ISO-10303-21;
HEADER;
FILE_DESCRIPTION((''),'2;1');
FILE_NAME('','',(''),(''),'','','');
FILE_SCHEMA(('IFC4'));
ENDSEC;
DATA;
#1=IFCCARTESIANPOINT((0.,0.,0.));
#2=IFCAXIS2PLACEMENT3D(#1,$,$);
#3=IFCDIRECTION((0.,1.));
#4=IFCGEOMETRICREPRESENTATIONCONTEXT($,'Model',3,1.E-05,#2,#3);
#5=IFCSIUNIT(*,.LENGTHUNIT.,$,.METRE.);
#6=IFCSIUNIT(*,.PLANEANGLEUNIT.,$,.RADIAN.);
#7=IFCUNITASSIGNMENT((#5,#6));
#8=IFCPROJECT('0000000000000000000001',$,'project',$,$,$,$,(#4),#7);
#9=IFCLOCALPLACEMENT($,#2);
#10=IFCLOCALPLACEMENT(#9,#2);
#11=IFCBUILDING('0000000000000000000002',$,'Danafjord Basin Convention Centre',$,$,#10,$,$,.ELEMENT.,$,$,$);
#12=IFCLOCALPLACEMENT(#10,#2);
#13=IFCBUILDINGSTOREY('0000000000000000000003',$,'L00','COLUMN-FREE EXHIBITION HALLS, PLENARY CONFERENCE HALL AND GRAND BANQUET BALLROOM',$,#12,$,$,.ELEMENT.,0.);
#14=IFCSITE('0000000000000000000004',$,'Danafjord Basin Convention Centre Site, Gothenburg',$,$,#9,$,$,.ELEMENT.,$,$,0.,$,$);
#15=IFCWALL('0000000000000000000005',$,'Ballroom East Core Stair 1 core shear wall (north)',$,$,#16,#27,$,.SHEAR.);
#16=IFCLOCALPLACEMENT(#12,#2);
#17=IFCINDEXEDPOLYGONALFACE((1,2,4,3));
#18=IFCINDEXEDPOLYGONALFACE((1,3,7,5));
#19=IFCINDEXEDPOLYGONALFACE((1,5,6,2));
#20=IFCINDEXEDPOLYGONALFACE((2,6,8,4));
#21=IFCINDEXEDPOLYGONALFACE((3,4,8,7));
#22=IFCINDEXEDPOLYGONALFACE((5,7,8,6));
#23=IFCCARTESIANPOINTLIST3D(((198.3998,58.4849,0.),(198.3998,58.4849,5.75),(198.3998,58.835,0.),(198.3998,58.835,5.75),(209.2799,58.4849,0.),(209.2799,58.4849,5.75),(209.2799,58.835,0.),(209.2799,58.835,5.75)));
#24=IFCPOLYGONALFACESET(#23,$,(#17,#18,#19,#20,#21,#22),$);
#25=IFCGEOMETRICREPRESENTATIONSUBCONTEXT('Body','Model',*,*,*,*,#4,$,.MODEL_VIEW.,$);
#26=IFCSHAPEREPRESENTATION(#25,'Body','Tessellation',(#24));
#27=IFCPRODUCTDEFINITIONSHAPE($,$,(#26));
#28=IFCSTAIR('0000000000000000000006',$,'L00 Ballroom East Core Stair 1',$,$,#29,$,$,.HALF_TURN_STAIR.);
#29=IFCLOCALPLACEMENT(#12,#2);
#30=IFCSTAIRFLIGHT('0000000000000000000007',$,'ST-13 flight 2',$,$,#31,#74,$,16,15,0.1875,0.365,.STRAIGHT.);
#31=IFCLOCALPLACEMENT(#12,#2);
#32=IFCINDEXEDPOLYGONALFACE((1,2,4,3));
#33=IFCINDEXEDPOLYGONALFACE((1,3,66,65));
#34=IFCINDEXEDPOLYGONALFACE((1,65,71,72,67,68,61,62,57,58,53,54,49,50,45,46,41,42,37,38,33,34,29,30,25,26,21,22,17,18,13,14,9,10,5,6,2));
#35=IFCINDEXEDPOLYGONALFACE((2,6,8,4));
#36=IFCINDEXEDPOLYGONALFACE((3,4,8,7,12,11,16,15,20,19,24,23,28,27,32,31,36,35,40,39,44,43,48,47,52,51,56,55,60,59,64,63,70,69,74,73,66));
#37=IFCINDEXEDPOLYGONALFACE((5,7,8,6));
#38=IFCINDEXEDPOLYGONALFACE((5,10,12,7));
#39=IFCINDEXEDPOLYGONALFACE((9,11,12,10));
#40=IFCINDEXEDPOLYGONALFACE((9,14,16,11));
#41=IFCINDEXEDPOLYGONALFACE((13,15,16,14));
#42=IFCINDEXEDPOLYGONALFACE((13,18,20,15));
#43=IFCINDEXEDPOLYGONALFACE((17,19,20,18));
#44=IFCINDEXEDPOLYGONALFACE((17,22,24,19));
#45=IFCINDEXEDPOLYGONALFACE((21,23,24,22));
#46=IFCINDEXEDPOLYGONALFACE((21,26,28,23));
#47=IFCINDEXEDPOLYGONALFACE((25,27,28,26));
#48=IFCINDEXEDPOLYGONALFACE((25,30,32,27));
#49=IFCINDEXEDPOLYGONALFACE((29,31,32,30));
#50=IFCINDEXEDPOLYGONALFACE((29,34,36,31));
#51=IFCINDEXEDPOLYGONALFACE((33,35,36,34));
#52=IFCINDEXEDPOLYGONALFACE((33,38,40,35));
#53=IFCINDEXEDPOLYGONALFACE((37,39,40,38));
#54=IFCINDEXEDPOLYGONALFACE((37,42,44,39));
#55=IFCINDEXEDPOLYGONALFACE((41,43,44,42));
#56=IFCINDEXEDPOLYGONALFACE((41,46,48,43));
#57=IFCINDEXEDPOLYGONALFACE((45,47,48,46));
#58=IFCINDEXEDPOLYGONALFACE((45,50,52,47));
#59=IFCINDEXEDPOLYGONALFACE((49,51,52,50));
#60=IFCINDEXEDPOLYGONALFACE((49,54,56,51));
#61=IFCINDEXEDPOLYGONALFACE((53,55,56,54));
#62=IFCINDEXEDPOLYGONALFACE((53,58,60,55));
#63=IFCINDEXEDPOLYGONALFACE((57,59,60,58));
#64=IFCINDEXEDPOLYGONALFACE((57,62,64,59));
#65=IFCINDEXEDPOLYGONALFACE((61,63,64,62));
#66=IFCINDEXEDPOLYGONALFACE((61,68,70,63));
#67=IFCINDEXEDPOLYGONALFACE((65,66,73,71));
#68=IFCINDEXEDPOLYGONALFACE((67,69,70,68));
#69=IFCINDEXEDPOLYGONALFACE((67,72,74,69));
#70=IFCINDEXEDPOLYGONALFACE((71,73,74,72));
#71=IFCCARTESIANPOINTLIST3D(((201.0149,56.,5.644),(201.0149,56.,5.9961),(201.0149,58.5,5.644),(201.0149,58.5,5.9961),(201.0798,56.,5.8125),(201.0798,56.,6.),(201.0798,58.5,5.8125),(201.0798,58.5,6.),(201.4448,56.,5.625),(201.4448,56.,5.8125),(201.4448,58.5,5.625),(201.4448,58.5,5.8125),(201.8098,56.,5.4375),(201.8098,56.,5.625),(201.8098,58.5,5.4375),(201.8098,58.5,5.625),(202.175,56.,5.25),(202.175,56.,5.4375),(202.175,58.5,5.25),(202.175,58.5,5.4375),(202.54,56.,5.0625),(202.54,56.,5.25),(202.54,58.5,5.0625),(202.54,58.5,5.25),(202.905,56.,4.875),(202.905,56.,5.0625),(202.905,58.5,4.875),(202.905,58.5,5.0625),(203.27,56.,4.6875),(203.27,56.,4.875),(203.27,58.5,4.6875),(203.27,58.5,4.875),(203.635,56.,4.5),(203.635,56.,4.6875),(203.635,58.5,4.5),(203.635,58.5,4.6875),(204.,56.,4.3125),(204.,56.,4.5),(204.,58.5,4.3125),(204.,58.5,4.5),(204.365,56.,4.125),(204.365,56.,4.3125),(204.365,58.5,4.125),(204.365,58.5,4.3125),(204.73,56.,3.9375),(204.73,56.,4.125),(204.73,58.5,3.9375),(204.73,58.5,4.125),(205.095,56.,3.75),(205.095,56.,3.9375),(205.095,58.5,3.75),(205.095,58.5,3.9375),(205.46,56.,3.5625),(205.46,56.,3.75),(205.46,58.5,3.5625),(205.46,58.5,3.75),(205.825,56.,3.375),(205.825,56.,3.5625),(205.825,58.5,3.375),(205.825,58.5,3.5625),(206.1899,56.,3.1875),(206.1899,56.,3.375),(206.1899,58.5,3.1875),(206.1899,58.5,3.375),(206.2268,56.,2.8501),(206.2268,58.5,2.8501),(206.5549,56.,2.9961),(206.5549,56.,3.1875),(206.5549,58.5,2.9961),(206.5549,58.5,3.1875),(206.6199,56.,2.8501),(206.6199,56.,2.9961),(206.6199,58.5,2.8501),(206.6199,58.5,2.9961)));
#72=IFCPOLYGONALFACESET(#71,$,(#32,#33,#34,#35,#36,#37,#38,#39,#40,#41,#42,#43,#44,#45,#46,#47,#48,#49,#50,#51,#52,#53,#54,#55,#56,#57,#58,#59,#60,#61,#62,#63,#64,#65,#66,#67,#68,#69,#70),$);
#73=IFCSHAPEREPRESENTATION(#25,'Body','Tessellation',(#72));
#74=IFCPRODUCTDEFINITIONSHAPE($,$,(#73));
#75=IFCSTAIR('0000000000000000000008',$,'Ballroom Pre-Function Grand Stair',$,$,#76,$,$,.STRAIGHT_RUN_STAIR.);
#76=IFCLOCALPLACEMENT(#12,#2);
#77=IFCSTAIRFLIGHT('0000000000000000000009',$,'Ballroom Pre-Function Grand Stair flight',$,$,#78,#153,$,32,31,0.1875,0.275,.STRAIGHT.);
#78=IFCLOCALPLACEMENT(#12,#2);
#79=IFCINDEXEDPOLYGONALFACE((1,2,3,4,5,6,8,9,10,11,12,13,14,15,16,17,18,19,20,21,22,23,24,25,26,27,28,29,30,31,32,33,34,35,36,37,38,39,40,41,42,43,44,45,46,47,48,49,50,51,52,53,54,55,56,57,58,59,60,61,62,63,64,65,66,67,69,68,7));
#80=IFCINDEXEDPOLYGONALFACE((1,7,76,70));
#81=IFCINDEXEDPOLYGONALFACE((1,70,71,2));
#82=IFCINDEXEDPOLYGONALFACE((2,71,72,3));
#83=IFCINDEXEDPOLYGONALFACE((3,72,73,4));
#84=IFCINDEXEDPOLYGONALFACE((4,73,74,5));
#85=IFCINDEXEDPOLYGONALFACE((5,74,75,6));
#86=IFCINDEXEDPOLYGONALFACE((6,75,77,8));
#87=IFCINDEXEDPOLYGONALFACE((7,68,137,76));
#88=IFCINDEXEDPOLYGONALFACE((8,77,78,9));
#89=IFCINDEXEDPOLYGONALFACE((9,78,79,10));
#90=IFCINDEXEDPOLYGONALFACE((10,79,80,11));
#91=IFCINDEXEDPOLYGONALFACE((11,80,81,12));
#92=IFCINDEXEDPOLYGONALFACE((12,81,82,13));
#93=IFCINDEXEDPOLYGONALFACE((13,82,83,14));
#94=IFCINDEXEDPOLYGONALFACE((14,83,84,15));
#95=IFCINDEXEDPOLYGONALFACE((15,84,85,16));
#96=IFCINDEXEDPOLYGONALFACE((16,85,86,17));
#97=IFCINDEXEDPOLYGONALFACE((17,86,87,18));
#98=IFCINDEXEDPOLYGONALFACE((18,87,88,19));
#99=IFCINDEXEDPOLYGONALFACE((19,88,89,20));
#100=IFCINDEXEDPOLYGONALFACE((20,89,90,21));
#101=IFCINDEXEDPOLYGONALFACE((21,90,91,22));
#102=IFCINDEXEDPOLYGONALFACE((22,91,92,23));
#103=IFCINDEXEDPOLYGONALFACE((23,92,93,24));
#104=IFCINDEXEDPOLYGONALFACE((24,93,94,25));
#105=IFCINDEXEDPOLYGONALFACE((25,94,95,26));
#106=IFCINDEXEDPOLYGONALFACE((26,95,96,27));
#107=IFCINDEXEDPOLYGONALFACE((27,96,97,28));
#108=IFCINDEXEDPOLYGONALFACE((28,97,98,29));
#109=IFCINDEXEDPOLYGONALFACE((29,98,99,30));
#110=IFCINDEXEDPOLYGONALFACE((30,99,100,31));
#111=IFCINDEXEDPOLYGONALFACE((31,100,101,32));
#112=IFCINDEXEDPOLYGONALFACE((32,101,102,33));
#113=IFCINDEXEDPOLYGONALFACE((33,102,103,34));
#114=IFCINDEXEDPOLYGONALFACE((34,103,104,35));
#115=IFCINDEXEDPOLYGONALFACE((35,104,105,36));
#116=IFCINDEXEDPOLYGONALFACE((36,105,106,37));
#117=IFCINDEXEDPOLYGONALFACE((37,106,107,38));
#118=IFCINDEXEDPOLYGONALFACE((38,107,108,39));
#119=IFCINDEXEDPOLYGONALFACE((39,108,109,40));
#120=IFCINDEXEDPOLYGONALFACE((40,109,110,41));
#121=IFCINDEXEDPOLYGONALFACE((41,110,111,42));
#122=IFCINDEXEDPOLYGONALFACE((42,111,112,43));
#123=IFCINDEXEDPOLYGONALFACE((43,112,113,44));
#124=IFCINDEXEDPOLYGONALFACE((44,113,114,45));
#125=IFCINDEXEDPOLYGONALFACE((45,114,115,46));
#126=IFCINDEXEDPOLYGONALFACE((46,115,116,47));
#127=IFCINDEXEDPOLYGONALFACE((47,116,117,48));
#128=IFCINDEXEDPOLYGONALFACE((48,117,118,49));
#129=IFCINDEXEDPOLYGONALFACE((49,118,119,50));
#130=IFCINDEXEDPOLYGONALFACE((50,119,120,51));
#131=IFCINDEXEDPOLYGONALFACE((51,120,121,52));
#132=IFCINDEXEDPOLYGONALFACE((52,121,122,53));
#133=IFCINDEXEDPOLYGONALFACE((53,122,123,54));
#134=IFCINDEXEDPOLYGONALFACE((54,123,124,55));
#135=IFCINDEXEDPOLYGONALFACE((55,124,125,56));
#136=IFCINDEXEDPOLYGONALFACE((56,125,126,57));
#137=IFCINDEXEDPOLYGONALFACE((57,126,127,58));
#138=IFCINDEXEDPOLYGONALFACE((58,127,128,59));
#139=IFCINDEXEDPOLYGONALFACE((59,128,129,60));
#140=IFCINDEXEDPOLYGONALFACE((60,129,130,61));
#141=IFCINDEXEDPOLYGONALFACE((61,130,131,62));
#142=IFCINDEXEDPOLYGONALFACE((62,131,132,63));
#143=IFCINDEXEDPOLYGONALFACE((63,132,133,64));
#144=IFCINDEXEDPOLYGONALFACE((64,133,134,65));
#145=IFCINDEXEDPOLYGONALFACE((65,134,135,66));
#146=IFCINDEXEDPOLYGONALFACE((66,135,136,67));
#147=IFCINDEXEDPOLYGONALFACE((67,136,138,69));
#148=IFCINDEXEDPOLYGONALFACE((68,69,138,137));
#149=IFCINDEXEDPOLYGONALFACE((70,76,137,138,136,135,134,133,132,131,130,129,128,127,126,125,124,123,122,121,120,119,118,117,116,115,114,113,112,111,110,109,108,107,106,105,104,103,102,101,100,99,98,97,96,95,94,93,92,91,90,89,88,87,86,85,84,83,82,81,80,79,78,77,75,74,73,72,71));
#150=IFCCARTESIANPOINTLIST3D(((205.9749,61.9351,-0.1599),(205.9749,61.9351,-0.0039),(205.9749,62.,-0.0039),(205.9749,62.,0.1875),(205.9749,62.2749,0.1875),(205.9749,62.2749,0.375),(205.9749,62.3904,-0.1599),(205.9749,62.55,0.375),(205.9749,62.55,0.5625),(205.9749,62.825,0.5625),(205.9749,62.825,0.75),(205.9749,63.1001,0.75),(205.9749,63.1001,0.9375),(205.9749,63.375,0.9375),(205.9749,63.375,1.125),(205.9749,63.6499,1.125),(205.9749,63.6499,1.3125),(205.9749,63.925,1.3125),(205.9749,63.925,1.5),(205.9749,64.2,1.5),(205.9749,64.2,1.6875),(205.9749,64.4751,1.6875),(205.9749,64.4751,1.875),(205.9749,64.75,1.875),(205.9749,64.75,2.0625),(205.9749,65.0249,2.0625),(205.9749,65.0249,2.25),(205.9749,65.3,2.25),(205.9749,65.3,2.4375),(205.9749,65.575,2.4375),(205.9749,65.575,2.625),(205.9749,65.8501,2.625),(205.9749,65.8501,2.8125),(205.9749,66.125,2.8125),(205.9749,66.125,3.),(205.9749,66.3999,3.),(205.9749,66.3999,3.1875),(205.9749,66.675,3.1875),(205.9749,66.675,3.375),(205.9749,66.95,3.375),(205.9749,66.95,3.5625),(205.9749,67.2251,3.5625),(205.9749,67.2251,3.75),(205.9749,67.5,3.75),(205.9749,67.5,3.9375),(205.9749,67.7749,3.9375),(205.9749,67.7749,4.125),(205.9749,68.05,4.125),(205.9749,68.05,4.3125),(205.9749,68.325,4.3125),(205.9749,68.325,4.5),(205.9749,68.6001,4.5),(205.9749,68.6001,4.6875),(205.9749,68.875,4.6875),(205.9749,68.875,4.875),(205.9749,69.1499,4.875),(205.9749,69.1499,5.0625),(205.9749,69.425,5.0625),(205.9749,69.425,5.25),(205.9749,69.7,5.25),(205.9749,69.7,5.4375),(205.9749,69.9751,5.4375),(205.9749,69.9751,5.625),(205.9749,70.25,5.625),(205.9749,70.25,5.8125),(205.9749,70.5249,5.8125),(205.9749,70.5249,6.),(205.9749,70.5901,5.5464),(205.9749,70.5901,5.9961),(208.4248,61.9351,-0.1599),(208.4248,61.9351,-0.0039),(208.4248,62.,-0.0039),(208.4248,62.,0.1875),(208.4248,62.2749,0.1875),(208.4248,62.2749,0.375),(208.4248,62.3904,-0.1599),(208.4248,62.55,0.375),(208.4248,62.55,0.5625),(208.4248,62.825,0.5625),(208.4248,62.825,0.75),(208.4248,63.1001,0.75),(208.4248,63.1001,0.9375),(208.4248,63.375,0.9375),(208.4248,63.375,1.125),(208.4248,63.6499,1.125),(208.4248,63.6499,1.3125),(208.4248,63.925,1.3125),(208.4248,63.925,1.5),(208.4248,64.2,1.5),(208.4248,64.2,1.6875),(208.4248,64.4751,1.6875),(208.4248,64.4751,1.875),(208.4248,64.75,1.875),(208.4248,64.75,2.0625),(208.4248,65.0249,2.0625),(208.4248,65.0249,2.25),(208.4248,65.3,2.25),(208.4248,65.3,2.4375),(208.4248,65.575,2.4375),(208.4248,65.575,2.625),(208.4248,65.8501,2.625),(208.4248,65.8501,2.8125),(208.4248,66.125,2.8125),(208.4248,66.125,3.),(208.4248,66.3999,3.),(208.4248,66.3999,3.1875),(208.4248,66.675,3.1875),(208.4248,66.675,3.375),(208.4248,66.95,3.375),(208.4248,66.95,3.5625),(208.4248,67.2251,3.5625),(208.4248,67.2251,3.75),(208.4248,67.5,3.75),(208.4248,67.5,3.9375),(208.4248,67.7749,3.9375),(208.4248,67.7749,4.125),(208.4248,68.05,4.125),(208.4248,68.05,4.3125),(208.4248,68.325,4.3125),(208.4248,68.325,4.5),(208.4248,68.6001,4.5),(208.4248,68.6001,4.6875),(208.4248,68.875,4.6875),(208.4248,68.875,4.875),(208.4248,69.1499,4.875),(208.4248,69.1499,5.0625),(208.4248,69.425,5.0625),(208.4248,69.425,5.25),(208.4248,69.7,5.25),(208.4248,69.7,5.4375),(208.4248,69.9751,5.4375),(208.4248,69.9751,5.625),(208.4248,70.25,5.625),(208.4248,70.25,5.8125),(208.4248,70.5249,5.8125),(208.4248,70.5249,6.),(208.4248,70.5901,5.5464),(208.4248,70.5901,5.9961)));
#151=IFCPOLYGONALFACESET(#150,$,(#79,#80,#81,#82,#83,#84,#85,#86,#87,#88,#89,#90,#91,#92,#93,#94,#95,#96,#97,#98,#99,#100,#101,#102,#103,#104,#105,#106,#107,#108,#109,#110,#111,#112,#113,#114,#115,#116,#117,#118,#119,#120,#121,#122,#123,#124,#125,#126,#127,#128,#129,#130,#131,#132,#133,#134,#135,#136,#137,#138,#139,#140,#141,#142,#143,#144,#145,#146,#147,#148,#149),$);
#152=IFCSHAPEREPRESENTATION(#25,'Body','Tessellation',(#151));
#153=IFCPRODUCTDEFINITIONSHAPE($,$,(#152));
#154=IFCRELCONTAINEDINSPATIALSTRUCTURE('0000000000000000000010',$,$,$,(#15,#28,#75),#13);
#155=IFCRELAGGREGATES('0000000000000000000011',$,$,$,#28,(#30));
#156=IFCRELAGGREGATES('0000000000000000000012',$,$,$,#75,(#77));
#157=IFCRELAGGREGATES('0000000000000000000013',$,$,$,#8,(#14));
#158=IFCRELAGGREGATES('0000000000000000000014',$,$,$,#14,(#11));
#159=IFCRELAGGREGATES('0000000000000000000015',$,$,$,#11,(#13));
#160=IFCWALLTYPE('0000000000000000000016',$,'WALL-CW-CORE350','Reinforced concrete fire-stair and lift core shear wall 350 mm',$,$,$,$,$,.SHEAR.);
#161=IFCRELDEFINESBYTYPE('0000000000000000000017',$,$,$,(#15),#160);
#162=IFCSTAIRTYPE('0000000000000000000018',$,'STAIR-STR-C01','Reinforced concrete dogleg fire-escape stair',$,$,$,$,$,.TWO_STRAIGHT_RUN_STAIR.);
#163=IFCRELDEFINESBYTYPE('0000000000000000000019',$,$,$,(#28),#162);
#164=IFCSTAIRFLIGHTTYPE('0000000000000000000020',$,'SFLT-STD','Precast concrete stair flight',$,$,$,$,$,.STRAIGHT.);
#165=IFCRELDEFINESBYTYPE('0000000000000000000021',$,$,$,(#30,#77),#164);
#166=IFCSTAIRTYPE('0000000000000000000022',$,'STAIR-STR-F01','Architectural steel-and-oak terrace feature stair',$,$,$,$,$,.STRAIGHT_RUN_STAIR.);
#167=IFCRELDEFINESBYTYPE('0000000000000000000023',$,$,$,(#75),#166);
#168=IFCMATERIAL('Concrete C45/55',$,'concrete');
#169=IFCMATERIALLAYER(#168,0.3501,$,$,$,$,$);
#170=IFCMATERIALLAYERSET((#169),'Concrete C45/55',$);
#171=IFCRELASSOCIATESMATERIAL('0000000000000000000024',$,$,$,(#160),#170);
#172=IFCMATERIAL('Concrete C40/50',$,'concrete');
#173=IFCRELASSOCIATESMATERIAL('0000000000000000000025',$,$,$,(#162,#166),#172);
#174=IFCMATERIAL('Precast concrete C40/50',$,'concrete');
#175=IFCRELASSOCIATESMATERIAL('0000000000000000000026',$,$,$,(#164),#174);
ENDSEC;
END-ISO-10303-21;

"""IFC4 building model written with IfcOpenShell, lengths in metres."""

from ifc_helpers import new_model, si_unit, direction, frame, frame_2d, origin, place, context, subcontext, project, spatial, polyline, rectangle, outline, extrude, material, layer, layer_set, type_object, element, aggregate, save


model = new_model("IFC4")

# Units and contexts
model_context = context("Model", 3, precision=1e-05, world=origin(), true_north=direction((0.0, 1.0)))
body_context = subcontext(model_context, "Body", "Model", "MODEL_VIEW")
ifc_project = project(units=[si_unit("LENGTHUNIT", "METRE"), si_unit("PLANEANGLEUNIT", "RADIAN")], contexts=[model_context])

# Site, building, storey
site_placement = place(None, origin())
site = spatial("IfcSite", under=ifc_project, at=site_placement, Name="Danafjord Basin Convention Centre Site, Gothenburg", CompositionType="ELEMENT", RefElevation=0.0)
building_placement = place(site_placement, origin())
building = spatial("IfcBuilding", under=site, at=building_placement, Name="Danafjord Basin Convention Centre", CompositionType="ELEMENT")
storey_placement = place(building_placement, origin())
storey = spatial("IfcBuildingStorey", under=building, at=storey_placement, Name="L00", Description="COLUMN-FREE EXHIBITION HALLS, PLENARY CONFERENCE HALL AND GRAND BANQUET BALLROOM", CompositionType="ELEMENT", Elevation=0.0)

# Shared definitions
ifc_material_1 = material(Name="Concrete C40/50", Category="concrete")

# Wall
ifc_material_2 = material(Name="Concrete C45/55", Category="concrete")
ifc_layer_1 = layer(ifc_material_2, 0.3501)
ifc_layer_set_1 = layer_set([ifc_layer_1], Name="Concrete C45/55")
wall_type_1 = type_object("IfcWallType", Name="WALL-CW-CORE350", Description="Reinforced concrete fire-stair and lift core shear wall 350 mm", PredefinedType="SHEAR", material=ifc_layer_set_1)
wall_1_placement = place(storey_placement, frame((198.3999, 58.6599, 0.0), z_axis=(0.0, 0.0, 1.0), x_axis=(1.0, 0.0, 0.0)))
element("IfcWall", 1, at=wall_1_placement, inside=storey, type_object=wall_type_1, Name="Ballroom East Core Stair 1 core shear wall (north)", PredefinedType="SHEAR", context=body_context, shape_type="SweptSolid", body=[
    extrude(rectangle(XDim=10.8801, YDim=0.3501, at=frame_2d((5.4399, 0.0))), origin(), (0.0, 0.0, 1.0), 5.75),
])

# Stairs, stair flights
stair_type_1 = type_object("IfcStairType", Name="STAIR-STR-C01", Description="Reinforced concrete dogleg fire-escape stair", PredefinedType="TWO_STRAIGHT_RUN_STAIR", material=ifc_material_1)
stair_1_placement = place(storey_placement, origin())
stair_1 = element("IfcStair", 2, at=stair_1_placement, inside=storey, type_object=stair_type_1, Name="L00 Ballroom East Core Stair 1", PredefinedType="HALF_TURN_STAIR")
ifc_material_3 = material(Name="Precast concrete C40/50", Category="concrete")
stair_flight_type = type_object("IfcStairFlightType", Name="SFLT-STD", Description="Precast concrete stair flight", PredefinedType="STRAIGHT", material=ifc_material_3)
stair_flight_1_placement = place(storey_placement, frame((206.5549, 57.25, 3.0), z_axis=(0.0, 0.0, 1.0), x_axis=(-1.0, 0.0, 0.0)))
stair_flight_1 = element("IfcStairFlight", 3, at=stair_flight_1_placement, type_object=stair_flight_type, Name="ST-13 flight 2", NumberOfRisers=16, NumberOfTreads=15, PredefinedType="STRAIGHT", RiserHeight=0.1875, TreadLength=0.365, context=body_context, shape_type="SweptSolid", body=[
    extrude(outline(polyline([(-0.0649, -0.1499), (-0.0649, -0.0039), (0.0, -0.0039), (0.0, 0.1875), (0.365, 0.1875), (0.365, 0.375), (0.73, 0.375), (0.73, 0.5625), (1.095, 0.5625), (1.095, 0.75), (1.46, 0.75), (1.46, 0.9375), (1.825, 0.9375), (1.825, 1.125), (2.1899, 1.125), (2.1899, 1.3125), (2.5549, 1.3125), (2.5549, 1.5), (2.9199, 1.5), (2.9199, 1.6875), (3.2849, 1.6875), (3.2849, 1.875), (3.6499, 1.875), (3.6499, 2.0625), (4.0149, 2.0625), (4.0149, 2.25), (4.3799, 2.25), (4.3799, 2.4375), (4.7451, 2.4375), (4.7451, 2.625), (5.1101, 2.625), (5.1101, 2.8125), (5.4751, 2.8125), (5.4751, 3.0), (5.54, 2.9961), (5.54, 2.644), (0.3281, -0.1499), (-0.0649, -0.1499)])), frame((0.0, 1.25, 0.0), z_axis=(0.0, -1.0, 0.0), x_axis=(1.0, 0.0, 0.0)), (0.0, 0.0, 1.0), 2.5),
])
aggregate(stair_1, [stair_flight_1])
stair_type_2 = type_object("IfcStairType", Name="STAIR-STR-F01", Description="Architectural steel-and-oak terrace feature stair", PredefinedType="STRAIGHT_RUN_STAIR", material=ifc_material_1)
stair_2_placement = place(storey_placement, origin())
stair_2 = element("IfcStair", 4, at=stair_2_placement, inside=storey, type_object=stair_type_2, Name="Ballroom Pre-Function Grand Stair", PredefinedType="STRAIGHT_RUN_STAIR")
stair_flight_2_placement = place(storey_placement, frame((207.2, 62.0, 0.0), z_axis=(0.0, 0.0, 1.0), x_axis=(0.0, 1.0, 0.0)))
stair_flight_2 = element("IfcStairFlight", 5, at=stair_flight_2_placement, type_object=stair_flight_type, Name="Ballroom Pre-Function Grand Stair flight", NumberOfRisers=32, NumberOfTreads=31, PredefinedType="STRAIGHT", RiserHeight=0.1875, TreadLength=0.275, context=body_context, shape_type="SweptSolid", body=[
    extrude(outline(polyline([(-0.0649, -0.1599), (-0.0649, -0.0039), (0.0, -0.0039), (0.0, 0.1875), (0.2749, 0.1875), (0.2749, 0.375), (0.55, 0.375), (0.55, 0.5625), (0.825, 0.5625), (0.825, 0.75), (1.1001, 0.75), (1.1001, 0.9375), (1.375, 0.9375), (1.375, 1.125), (1.6499, 1.125), (1.6499, 1.3125), (1.925, 1.3125), (1.925, 1.5), (2.2, 1.5), (2.2, 1.6875), (2.4751, 1.6875), (2.4751, 1.875), (2.75, 1.875), (2.75, 2.0625), (3.0249, 2.0625), (3.0249, 2.25), (3.3, 2.25), (3.3, 2.4375), (3.575, 2.4375), (3.575, 2.625), (3.8501, 2.625), (3.8501, 2.8125), (4.125, 2.8125), (4.125, 3.0), (4.3999, 3.0), (4.3999, 3.1875), (4.675, 3.1875), (4.675, 3.375), (4.95, 3.375), (4.95, 3.5625), (5.2251, 3.5625), (5.2251, 3.75), (5.5, 3.75), (5.5, 3.9375), (5.7749, 3.9375), (5.7749, 4.125), (6.05, 4.125), (6.05, 4.3125), (6.325, 4.3125), (6.325, 4.5), (6.6001, 4.5), (6.6001, 4.6875), (6.875, 4.6875), (6.875, 4.875), (7.1499, 4.875), (7.1499, 5.0625), (7.425, 5.0625), (7.425, 5.25), (7.7, 5.25), (7.7, 5.4375), (7.9751, 5.4375), (7.9751, 5.625), (8.25, 5.625), (8.25, 5.8125), (8.5249, 5.8125), (8.5249, 6.0), (8.5901, 5.9961), (8.5901, 5.5464), (0.3904, -0.1599), (-0.0649, -0.1599)])), frame((0.0, 1.2251, 0.0), z_axis=(0.0, -1.0, 0.0), x_axis=(1.0, 0.0, 0.0)), (0.0, 0.0, 1.0), 2.45),
])
aggregate(stair_2, [stair_flight_2])

save(model, "model.ifc")
